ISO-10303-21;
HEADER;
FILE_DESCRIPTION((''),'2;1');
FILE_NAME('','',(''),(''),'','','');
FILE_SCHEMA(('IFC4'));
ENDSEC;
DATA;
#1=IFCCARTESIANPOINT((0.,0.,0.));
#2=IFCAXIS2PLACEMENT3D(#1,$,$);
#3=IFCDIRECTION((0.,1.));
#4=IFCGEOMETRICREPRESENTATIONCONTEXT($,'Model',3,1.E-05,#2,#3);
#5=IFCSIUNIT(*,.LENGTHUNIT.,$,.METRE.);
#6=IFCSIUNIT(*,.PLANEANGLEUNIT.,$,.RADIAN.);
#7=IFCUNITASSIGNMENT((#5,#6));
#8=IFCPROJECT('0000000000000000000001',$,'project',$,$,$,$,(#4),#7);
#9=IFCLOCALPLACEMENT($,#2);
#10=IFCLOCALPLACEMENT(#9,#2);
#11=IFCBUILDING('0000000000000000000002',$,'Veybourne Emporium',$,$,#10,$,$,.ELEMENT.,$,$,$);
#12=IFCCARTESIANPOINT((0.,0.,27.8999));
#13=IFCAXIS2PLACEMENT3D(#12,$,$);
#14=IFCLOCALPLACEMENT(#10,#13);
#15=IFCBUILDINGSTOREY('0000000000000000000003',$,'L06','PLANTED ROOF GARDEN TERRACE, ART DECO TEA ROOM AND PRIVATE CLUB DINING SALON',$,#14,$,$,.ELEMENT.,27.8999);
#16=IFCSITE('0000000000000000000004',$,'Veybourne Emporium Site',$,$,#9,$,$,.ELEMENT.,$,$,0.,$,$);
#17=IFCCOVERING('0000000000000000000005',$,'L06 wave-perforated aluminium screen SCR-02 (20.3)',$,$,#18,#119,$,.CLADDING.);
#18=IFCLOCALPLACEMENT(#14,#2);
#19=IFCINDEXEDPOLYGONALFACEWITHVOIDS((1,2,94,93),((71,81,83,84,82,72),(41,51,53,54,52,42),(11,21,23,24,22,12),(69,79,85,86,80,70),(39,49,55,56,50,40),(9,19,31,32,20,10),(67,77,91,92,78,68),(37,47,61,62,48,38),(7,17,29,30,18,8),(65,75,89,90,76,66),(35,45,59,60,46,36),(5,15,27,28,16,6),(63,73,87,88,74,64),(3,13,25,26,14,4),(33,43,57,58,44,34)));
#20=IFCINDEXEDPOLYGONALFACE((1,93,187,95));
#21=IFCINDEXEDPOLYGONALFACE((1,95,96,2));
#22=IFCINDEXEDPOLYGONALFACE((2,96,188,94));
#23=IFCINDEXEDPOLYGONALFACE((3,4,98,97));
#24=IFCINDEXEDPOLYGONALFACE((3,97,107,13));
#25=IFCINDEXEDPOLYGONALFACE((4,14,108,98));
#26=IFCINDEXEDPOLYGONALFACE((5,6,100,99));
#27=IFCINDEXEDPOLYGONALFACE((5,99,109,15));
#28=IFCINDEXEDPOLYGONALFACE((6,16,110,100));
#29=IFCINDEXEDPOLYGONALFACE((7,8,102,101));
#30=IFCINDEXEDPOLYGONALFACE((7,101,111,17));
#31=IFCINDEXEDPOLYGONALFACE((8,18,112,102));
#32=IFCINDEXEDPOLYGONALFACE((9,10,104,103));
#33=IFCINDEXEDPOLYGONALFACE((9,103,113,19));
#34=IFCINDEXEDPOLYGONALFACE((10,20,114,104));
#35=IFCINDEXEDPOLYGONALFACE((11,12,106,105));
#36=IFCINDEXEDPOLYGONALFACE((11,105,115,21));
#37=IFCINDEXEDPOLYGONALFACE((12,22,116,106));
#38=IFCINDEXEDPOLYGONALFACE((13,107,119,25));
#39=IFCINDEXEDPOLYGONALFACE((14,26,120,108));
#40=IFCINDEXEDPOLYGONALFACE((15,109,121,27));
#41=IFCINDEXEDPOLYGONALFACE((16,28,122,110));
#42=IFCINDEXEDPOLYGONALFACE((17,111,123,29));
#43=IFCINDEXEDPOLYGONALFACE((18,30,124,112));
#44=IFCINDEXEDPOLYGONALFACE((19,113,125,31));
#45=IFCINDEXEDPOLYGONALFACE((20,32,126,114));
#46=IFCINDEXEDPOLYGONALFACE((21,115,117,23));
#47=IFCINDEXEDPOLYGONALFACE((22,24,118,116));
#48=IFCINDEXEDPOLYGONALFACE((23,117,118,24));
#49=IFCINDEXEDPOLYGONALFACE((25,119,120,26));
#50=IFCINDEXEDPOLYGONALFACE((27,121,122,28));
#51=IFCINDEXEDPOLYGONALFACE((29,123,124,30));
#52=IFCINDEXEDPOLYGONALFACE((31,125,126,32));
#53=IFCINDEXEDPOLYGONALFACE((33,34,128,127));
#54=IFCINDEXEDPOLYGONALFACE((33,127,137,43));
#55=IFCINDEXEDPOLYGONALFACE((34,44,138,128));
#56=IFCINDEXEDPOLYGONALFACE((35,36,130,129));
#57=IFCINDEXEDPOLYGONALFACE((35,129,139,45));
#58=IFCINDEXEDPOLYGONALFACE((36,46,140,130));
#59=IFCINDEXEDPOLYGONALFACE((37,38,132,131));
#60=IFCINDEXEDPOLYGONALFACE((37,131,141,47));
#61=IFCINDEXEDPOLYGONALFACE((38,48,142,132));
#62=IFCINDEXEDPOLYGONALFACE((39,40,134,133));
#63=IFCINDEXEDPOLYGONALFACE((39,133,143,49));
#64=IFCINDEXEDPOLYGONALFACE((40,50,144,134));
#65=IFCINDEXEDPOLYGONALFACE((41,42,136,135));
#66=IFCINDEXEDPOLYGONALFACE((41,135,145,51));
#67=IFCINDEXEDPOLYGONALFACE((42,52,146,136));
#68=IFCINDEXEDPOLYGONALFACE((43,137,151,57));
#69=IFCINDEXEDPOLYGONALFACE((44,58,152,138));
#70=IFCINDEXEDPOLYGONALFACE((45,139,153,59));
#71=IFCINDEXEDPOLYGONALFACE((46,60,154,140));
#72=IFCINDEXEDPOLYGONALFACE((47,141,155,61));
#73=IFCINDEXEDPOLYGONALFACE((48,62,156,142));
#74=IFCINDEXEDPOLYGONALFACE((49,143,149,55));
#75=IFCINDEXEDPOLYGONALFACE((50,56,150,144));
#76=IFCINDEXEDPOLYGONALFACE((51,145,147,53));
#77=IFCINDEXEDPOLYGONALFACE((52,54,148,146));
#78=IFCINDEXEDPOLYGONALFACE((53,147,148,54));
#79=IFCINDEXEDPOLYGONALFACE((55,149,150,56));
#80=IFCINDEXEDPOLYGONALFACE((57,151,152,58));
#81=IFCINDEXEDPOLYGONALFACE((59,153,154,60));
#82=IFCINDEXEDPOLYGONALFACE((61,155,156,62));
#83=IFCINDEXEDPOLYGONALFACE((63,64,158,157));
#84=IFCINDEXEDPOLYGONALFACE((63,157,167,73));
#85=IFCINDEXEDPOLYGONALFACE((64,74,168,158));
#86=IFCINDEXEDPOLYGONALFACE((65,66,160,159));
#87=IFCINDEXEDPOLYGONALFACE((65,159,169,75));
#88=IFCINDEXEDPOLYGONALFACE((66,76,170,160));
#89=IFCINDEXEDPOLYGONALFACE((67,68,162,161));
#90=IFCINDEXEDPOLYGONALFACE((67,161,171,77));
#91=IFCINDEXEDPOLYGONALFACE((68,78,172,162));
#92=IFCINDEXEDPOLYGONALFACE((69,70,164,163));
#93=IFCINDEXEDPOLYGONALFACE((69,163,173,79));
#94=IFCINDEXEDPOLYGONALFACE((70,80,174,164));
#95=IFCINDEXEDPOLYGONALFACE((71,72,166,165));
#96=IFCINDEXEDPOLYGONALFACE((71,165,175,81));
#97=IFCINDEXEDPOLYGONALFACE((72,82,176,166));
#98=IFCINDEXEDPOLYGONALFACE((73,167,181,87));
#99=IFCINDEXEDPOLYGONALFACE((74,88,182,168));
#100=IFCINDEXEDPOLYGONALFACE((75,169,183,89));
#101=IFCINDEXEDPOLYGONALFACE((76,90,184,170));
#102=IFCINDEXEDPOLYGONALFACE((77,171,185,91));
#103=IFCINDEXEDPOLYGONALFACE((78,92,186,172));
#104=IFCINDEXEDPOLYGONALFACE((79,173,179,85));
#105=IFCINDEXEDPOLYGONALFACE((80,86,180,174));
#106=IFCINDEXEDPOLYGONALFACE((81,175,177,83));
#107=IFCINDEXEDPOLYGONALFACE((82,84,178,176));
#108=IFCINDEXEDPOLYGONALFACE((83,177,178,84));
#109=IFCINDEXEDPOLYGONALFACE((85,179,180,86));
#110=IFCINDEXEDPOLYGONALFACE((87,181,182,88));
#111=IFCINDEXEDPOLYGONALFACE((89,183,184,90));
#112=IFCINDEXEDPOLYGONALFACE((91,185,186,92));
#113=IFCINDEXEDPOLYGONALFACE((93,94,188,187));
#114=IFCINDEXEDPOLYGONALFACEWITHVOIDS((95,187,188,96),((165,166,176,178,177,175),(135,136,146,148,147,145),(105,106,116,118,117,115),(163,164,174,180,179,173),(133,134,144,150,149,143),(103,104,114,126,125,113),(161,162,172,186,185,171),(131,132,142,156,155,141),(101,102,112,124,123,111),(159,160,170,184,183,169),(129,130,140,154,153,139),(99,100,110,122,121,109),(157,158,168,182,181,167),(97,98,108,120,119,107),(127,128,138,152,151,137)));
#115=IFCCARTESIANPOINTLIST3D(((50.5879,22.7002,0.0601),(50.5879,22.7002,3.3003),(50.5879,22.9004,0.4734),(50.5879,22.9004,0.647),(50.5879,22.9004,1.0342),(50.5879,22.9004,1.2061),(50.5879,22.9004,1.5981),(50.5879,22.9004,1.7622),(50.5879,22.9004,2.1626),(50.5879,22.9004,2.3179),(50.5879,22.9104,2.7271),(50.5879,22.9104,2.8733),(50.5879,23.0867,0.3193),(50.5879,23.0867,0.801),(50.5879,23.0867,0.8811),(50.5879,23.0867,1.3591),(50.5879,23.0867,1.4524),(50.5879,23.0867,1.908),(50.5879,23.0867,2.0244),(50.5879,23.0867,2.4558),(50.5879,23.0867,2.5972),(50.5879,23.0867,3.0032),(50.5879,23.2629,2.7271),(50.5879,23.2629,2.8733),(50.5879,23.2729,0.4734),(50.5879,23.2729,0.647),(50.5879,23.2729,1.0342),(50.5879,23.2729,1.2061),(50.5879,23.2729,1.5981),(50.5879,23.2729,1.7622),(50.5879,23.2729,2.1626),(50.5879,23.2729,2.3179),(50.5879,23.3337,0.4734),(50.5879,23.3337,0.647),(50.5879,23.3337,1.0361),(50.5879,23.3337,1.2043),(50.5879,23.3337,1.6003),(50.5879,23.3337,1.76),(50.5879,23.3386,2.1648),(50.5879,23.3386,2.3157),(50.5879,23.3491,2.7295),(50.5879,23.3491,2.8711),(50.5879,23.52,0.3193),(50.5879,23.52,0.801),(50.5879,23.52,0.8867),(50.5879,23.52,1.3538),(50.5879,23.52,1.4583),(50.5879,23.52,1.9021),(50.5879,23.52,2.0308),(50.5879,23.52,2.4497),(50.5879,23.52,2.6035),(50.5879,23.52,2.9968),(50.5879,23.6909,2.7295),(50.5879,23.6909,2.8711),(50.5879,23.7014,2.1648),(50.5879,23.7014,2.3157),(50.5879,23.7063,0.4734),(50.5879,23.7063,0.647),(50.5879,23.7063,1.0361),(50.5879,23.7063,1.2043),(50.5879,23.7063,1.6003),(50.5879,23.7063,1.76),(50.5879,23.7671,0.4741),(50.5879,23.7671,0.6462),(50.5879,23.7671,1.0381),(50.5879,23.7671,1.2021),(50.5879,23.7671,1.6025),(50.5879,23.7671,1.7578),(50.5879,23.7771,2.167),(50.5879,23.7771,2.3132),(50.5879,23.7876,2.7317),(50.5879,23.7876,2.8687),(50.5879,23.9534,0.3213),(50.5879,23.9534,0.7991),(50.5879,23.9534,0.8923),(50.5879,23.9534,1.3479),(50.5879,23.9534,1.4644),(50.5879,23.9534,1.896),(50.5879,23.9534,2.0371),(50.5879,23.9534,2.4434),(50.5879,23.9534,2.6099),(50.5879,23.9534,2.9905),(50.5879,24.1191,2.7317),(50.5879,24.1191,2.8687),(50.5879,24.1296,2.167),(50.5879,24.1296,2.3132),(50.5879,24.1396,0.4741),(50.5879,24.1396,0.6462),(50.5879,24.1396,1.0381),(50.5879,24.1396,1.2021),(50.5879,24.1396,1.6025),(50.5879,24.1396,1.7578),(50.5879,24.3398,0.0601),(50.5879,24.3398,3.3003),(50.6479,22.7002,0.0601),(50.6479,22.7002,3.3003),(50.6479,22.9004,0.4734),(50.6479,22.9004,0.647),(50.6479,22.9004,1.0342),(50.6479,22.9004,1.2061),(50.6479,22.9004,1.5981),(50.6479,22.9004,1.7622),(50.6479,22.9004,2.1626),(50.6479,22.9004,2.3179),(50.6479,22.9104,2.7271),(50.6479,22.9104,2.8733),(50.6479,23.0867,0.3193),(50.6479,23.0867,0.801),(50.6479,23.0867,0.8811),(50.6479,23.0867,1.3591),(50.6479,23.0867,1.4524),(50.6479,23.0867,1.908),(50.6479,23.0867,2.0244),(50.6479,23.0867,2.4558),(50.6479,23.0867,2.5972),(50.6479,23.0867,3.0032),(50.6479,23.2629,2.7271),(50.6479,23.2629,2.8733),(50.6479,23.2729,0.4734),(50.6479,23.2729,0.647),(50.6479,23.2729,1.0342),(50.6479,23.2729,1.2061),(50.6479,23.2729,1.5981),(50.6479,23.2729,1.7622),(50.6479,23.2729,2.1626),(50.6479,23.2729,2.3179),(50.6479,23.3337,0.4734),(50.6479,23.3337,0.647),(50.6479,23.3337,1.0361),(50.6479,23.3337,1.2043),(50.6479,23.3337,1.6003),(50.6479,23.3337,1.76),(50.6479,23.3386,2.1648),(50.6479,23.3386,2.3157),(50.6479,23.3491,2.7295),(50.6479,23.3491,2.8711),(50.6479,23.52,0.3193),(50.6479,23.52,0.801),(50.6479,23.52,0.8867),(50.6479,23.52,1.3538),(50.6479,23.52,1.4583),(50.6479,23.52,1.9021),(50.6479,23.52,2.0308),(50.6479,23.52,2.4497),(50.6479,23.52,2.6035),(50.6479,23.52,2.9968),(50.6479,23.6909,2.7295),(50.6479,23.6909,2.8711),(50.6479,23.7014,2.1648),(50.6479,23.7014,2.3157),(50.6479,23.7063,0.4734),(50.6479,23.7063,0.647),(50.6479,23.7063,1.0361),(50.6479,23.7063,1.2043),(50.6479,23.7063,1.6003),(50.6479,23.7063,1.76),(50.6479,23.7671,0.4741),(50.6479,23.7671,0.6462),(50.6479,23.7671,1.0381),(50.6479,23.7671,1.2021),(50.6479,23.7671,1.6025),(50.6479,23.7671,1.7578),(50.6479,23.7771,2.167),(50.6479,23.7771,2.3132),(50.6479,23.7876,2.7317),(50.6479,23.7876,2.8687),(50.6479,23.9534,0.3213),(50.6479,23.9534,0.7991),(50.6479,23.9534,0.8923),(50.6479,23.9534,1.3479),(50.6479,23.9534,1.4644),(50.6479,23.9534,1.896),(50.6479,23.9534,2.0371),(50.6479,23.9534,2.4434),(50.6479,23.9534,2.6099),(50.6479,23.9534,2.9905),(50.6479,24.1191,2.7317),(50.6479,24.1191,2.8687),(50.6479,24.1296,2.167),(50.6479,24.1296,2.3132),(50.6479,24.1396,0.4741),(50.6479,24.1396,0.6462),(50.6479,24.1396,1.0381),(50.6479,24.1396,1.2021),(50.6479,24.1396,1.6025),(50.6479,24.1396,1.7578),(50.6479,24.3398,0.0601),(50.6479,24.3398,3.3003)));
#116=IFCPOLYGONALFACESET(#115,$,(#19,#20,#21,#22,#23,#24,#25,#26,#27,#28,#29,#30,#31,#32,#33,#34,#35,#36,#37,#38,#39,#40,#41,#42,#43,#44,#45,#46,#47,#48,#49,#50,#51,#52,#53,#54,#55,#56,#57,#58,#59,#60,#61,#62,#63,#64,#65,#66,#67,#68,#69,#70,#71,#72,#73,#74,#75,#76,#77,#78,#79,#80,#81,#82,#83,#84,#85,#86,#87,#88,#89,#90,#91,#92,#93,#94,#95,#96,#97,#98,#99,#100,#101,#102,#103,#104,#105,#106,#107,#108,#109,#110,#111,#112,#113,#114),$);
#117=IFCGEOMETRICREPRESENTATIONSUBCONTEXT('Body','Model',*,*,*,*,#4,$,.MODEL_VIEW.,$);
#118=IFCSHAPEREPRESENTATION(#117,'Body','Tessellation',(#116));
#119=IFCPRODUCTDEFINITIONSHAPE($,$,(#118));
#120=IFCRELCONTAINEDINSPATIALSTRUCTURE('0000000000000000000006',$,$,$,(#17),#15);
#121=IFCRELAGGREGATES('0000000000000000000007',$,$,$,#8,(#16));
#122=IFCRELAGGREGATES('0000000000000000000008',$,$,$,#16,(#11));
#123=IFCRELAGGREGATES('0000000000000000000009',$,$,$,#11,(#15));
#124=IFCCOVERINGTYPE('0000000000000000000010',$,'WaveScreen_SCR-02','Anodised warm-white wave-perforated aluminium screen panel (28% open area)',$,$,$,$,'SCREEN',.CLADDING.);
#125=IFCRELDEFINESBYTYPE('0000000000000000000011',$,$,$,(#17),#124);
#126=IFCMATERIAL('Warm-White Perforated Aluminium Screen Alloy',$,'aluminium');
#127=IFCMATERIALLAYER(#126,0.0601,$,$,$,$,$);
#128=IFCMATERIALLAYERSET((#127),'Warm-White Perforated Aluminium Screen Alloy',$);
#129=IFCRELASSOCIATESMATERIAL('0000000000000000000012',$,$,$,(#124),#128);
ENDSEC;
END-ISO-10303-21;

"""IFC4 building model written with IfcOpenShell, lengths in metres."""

from ifc_helpers import new_model, si_unit, direction, frame, origin, place, context, subcontext, project, spatial, polyline, outline, extrude, material, layer, layer_set, type_object, element, save


model = new_model("IFC4")

# Units and contexts
model_context = context("Model", 3, precision=1e-05, world=origin(), true_north=direction((0.0, 1.0)))
body_context = subcontext(model_context, "Body", "Model", "MODEL_VIEW")
ifc_project = project(units=[si_unit("LENGTHUNIT", "METRE"), si_unit("PLANEANGLEUNIT", "RADIAN")], contexts=[model_context])

# Site, building, storey
site_placement = place(None, origin())
site = spatial("IfcSite", under=ifc_project, at=site_placement, Name="Veybourne Emporium Site", CompositionType="ELEMENT", RefElevation=0.0)
building_placement = place(site_placement, origin())
building = spatial("IfcBuilding", under=site, at=building_placement, Name="Veybourne Emporium", CompositionType="ELEMENT")
storey_placement = place(building_placement, frame((0.0, 0.0, 27.8999)))
storey = spatial("IfcBuildingStorey", under=building, at=storey_placement, Name="L06", Description="PLANTED ROOF GARDEN TERRACE, ART DECO TEA ROOM AND PRIVATE CLUB DINING SALON", CompositionType="ELEMENT", Elevation=27.8999)

# Covering
ifc_material_1 = material(Name="Warm-White Perforated Aluminium Screen Alloy", Category="aluminium")
ifc_layer_1 = layer(ifc_material_1, 0.0601)
ifc_layer_set_1 = layer_set([ifc_layer_1], Name="Warm-White Perforated Aluminium Screen Alloy")
covering_type_1 = type_object("IfcCoveringType", Name="WaveScreen_SCR-02", Description="Anodised warm-white wave-perforated aluminium screen panel (28% open area)", ElementType="SCREEN", PredefinedType="CLADDING", material=ifc_layer_set_1)
covering_1_placement = place(storey_placement, frame((50.6479, 23.52, 1.6802), z_axis=(-1.0, 0.0, 0.0), x_axis=(0.0, -1.0, 0.0)))
element("IfcCovering", 1, at=covering_1_placement, inside=storey, type_object=covering_type_1, Name="L06 wave-perforated aluminium screen SCR-02 (20.3)", PredefinedType="CLADDING", context=body_context, shape_type="SweptSolid", body=[
    extrude(outline(polyline([(-0.8198, -1.6201), (0.8198, -1.6201), (0.8198, 1.6201), (-0.8198, 1.6201), (-0.8198, -1.6201)]), holes=[polyline([(-0.4333, -0.8811), (-0.2471, -1.0339), (-0.2471, -1.2061), (-0.4333, -1.3589), (-0.6196, -1.2061), (-0.6196, -1.0339), (-0.4333, -0.8811)]), polyline([(-0.4333, -0.3323), (-0.2471, -0.478), (-0.2471, -0.6421), (-0.4333, -0.7878), (-0.6196, -0.6421), (-0.6196, -0.478), (-0.4333, -0.3323)]), polyline([(-0.4333, 0.2158), (-0.2471, 0.0776), (-0.2471, -0.0776), (-0.4333, -0.2158), (-0.6196, -0.0776), (-0.6196, 0.0776), (-0.4333, 0.2158)]), polyline([(-0.4333, 0.7632), (-0.2571, 0.6331), (-0.2571, 0.4868), (-0.4333, 0.3569), (-0.6096, 0.4868), (-0.6096, 0.6331), (-0.4333, 0.7632)]), polyline([(-0.4333, 1.3103), (-0.2676, 1.1885), (-0.2676, 1.0515), (-0.4333, 0.9297), (-0.5991, 1.0515), (-0.5991, 1.1885), (-0.4333, 1.3103)]), polyline([(0.0, -0.8792), (0.1863, -1.0332), (0.1863, -1.2068), (0.0, -1.3608), (-0.1863, -1.2068), (-0.1863, -1.0332), (0.0, -0.8792)]), polyline([(0.0, -0.3264), (0.1863, -0.4758), (0.1863, -0.644), (0.0, -0.7935), (-0.1863, -0.644), (-0.1863, -0.4758), (0.0, -0.3264)]), polyline([(0.0, 0.2219), (0.1863, 0.0798), (0.1863, -0.0798), (0.0, -0.2219), (-0.1863, -0.0798), (-0.1863, 0.0798), (0.0, 0.2219)]), polyline([(0.0, 0.7695), (0.1814, 0.6355), (0.1814, 0.4846), (0.0, 0.3506), (-0.1814, 0.4846), (-0.1814, 0.6355), (0.0, 0.7695)]), polyline([(0.0, 1.3167), (0.1709, 1.1909), (0.1709, 1.0493), (0.0, 0.9233), (-0.1709, 1.0493), (-0.1709, 1.1909), (0.0, 1.3167)]), polyline([(0.4333, -0.8792), (0.6196, -1.0332), (0.6196, -1.2068), (0.4333, -1.3608), (0.2471, -1.2068), (0.2471, -1.0332), (0.4333, -0.8792)]), polyline([(0.4333, -0.321), (0.6196, -0.4741), (0.6196, -0.646), (0.4333, -0.7991), (0.2471, -0.646), (0.2471, -0.4741), (0.4333, -0.321)]), polyline([(0.4333, 0.2278), (0.6196, 0.082), (0.6196, -0.082), (0.4333, -0.2278), (0.2471, -0.082), (0.2471, 0.082), (0.4333, 0.2278)]), polyline([(0.4333, 0.7756), (0.6196, 0.6377), (0.6196, 0.4824), (0.4333, 0.3442), (0.2471, 0.4824), (0.2471, 0.6377), (0.4333, 0.7756)]), polyline([(0.4333, 1.323), (0.6096, 1.1931), (0.6096, 1.0469), (0.4333, 0.917), (0.2571, 1.0469), (0.2571, 1.1931), (0.4333, 1.323)])]), origin(), (0.0, 0.0, 1.0), 0.0601),
])

save(model, "model.ifc")
